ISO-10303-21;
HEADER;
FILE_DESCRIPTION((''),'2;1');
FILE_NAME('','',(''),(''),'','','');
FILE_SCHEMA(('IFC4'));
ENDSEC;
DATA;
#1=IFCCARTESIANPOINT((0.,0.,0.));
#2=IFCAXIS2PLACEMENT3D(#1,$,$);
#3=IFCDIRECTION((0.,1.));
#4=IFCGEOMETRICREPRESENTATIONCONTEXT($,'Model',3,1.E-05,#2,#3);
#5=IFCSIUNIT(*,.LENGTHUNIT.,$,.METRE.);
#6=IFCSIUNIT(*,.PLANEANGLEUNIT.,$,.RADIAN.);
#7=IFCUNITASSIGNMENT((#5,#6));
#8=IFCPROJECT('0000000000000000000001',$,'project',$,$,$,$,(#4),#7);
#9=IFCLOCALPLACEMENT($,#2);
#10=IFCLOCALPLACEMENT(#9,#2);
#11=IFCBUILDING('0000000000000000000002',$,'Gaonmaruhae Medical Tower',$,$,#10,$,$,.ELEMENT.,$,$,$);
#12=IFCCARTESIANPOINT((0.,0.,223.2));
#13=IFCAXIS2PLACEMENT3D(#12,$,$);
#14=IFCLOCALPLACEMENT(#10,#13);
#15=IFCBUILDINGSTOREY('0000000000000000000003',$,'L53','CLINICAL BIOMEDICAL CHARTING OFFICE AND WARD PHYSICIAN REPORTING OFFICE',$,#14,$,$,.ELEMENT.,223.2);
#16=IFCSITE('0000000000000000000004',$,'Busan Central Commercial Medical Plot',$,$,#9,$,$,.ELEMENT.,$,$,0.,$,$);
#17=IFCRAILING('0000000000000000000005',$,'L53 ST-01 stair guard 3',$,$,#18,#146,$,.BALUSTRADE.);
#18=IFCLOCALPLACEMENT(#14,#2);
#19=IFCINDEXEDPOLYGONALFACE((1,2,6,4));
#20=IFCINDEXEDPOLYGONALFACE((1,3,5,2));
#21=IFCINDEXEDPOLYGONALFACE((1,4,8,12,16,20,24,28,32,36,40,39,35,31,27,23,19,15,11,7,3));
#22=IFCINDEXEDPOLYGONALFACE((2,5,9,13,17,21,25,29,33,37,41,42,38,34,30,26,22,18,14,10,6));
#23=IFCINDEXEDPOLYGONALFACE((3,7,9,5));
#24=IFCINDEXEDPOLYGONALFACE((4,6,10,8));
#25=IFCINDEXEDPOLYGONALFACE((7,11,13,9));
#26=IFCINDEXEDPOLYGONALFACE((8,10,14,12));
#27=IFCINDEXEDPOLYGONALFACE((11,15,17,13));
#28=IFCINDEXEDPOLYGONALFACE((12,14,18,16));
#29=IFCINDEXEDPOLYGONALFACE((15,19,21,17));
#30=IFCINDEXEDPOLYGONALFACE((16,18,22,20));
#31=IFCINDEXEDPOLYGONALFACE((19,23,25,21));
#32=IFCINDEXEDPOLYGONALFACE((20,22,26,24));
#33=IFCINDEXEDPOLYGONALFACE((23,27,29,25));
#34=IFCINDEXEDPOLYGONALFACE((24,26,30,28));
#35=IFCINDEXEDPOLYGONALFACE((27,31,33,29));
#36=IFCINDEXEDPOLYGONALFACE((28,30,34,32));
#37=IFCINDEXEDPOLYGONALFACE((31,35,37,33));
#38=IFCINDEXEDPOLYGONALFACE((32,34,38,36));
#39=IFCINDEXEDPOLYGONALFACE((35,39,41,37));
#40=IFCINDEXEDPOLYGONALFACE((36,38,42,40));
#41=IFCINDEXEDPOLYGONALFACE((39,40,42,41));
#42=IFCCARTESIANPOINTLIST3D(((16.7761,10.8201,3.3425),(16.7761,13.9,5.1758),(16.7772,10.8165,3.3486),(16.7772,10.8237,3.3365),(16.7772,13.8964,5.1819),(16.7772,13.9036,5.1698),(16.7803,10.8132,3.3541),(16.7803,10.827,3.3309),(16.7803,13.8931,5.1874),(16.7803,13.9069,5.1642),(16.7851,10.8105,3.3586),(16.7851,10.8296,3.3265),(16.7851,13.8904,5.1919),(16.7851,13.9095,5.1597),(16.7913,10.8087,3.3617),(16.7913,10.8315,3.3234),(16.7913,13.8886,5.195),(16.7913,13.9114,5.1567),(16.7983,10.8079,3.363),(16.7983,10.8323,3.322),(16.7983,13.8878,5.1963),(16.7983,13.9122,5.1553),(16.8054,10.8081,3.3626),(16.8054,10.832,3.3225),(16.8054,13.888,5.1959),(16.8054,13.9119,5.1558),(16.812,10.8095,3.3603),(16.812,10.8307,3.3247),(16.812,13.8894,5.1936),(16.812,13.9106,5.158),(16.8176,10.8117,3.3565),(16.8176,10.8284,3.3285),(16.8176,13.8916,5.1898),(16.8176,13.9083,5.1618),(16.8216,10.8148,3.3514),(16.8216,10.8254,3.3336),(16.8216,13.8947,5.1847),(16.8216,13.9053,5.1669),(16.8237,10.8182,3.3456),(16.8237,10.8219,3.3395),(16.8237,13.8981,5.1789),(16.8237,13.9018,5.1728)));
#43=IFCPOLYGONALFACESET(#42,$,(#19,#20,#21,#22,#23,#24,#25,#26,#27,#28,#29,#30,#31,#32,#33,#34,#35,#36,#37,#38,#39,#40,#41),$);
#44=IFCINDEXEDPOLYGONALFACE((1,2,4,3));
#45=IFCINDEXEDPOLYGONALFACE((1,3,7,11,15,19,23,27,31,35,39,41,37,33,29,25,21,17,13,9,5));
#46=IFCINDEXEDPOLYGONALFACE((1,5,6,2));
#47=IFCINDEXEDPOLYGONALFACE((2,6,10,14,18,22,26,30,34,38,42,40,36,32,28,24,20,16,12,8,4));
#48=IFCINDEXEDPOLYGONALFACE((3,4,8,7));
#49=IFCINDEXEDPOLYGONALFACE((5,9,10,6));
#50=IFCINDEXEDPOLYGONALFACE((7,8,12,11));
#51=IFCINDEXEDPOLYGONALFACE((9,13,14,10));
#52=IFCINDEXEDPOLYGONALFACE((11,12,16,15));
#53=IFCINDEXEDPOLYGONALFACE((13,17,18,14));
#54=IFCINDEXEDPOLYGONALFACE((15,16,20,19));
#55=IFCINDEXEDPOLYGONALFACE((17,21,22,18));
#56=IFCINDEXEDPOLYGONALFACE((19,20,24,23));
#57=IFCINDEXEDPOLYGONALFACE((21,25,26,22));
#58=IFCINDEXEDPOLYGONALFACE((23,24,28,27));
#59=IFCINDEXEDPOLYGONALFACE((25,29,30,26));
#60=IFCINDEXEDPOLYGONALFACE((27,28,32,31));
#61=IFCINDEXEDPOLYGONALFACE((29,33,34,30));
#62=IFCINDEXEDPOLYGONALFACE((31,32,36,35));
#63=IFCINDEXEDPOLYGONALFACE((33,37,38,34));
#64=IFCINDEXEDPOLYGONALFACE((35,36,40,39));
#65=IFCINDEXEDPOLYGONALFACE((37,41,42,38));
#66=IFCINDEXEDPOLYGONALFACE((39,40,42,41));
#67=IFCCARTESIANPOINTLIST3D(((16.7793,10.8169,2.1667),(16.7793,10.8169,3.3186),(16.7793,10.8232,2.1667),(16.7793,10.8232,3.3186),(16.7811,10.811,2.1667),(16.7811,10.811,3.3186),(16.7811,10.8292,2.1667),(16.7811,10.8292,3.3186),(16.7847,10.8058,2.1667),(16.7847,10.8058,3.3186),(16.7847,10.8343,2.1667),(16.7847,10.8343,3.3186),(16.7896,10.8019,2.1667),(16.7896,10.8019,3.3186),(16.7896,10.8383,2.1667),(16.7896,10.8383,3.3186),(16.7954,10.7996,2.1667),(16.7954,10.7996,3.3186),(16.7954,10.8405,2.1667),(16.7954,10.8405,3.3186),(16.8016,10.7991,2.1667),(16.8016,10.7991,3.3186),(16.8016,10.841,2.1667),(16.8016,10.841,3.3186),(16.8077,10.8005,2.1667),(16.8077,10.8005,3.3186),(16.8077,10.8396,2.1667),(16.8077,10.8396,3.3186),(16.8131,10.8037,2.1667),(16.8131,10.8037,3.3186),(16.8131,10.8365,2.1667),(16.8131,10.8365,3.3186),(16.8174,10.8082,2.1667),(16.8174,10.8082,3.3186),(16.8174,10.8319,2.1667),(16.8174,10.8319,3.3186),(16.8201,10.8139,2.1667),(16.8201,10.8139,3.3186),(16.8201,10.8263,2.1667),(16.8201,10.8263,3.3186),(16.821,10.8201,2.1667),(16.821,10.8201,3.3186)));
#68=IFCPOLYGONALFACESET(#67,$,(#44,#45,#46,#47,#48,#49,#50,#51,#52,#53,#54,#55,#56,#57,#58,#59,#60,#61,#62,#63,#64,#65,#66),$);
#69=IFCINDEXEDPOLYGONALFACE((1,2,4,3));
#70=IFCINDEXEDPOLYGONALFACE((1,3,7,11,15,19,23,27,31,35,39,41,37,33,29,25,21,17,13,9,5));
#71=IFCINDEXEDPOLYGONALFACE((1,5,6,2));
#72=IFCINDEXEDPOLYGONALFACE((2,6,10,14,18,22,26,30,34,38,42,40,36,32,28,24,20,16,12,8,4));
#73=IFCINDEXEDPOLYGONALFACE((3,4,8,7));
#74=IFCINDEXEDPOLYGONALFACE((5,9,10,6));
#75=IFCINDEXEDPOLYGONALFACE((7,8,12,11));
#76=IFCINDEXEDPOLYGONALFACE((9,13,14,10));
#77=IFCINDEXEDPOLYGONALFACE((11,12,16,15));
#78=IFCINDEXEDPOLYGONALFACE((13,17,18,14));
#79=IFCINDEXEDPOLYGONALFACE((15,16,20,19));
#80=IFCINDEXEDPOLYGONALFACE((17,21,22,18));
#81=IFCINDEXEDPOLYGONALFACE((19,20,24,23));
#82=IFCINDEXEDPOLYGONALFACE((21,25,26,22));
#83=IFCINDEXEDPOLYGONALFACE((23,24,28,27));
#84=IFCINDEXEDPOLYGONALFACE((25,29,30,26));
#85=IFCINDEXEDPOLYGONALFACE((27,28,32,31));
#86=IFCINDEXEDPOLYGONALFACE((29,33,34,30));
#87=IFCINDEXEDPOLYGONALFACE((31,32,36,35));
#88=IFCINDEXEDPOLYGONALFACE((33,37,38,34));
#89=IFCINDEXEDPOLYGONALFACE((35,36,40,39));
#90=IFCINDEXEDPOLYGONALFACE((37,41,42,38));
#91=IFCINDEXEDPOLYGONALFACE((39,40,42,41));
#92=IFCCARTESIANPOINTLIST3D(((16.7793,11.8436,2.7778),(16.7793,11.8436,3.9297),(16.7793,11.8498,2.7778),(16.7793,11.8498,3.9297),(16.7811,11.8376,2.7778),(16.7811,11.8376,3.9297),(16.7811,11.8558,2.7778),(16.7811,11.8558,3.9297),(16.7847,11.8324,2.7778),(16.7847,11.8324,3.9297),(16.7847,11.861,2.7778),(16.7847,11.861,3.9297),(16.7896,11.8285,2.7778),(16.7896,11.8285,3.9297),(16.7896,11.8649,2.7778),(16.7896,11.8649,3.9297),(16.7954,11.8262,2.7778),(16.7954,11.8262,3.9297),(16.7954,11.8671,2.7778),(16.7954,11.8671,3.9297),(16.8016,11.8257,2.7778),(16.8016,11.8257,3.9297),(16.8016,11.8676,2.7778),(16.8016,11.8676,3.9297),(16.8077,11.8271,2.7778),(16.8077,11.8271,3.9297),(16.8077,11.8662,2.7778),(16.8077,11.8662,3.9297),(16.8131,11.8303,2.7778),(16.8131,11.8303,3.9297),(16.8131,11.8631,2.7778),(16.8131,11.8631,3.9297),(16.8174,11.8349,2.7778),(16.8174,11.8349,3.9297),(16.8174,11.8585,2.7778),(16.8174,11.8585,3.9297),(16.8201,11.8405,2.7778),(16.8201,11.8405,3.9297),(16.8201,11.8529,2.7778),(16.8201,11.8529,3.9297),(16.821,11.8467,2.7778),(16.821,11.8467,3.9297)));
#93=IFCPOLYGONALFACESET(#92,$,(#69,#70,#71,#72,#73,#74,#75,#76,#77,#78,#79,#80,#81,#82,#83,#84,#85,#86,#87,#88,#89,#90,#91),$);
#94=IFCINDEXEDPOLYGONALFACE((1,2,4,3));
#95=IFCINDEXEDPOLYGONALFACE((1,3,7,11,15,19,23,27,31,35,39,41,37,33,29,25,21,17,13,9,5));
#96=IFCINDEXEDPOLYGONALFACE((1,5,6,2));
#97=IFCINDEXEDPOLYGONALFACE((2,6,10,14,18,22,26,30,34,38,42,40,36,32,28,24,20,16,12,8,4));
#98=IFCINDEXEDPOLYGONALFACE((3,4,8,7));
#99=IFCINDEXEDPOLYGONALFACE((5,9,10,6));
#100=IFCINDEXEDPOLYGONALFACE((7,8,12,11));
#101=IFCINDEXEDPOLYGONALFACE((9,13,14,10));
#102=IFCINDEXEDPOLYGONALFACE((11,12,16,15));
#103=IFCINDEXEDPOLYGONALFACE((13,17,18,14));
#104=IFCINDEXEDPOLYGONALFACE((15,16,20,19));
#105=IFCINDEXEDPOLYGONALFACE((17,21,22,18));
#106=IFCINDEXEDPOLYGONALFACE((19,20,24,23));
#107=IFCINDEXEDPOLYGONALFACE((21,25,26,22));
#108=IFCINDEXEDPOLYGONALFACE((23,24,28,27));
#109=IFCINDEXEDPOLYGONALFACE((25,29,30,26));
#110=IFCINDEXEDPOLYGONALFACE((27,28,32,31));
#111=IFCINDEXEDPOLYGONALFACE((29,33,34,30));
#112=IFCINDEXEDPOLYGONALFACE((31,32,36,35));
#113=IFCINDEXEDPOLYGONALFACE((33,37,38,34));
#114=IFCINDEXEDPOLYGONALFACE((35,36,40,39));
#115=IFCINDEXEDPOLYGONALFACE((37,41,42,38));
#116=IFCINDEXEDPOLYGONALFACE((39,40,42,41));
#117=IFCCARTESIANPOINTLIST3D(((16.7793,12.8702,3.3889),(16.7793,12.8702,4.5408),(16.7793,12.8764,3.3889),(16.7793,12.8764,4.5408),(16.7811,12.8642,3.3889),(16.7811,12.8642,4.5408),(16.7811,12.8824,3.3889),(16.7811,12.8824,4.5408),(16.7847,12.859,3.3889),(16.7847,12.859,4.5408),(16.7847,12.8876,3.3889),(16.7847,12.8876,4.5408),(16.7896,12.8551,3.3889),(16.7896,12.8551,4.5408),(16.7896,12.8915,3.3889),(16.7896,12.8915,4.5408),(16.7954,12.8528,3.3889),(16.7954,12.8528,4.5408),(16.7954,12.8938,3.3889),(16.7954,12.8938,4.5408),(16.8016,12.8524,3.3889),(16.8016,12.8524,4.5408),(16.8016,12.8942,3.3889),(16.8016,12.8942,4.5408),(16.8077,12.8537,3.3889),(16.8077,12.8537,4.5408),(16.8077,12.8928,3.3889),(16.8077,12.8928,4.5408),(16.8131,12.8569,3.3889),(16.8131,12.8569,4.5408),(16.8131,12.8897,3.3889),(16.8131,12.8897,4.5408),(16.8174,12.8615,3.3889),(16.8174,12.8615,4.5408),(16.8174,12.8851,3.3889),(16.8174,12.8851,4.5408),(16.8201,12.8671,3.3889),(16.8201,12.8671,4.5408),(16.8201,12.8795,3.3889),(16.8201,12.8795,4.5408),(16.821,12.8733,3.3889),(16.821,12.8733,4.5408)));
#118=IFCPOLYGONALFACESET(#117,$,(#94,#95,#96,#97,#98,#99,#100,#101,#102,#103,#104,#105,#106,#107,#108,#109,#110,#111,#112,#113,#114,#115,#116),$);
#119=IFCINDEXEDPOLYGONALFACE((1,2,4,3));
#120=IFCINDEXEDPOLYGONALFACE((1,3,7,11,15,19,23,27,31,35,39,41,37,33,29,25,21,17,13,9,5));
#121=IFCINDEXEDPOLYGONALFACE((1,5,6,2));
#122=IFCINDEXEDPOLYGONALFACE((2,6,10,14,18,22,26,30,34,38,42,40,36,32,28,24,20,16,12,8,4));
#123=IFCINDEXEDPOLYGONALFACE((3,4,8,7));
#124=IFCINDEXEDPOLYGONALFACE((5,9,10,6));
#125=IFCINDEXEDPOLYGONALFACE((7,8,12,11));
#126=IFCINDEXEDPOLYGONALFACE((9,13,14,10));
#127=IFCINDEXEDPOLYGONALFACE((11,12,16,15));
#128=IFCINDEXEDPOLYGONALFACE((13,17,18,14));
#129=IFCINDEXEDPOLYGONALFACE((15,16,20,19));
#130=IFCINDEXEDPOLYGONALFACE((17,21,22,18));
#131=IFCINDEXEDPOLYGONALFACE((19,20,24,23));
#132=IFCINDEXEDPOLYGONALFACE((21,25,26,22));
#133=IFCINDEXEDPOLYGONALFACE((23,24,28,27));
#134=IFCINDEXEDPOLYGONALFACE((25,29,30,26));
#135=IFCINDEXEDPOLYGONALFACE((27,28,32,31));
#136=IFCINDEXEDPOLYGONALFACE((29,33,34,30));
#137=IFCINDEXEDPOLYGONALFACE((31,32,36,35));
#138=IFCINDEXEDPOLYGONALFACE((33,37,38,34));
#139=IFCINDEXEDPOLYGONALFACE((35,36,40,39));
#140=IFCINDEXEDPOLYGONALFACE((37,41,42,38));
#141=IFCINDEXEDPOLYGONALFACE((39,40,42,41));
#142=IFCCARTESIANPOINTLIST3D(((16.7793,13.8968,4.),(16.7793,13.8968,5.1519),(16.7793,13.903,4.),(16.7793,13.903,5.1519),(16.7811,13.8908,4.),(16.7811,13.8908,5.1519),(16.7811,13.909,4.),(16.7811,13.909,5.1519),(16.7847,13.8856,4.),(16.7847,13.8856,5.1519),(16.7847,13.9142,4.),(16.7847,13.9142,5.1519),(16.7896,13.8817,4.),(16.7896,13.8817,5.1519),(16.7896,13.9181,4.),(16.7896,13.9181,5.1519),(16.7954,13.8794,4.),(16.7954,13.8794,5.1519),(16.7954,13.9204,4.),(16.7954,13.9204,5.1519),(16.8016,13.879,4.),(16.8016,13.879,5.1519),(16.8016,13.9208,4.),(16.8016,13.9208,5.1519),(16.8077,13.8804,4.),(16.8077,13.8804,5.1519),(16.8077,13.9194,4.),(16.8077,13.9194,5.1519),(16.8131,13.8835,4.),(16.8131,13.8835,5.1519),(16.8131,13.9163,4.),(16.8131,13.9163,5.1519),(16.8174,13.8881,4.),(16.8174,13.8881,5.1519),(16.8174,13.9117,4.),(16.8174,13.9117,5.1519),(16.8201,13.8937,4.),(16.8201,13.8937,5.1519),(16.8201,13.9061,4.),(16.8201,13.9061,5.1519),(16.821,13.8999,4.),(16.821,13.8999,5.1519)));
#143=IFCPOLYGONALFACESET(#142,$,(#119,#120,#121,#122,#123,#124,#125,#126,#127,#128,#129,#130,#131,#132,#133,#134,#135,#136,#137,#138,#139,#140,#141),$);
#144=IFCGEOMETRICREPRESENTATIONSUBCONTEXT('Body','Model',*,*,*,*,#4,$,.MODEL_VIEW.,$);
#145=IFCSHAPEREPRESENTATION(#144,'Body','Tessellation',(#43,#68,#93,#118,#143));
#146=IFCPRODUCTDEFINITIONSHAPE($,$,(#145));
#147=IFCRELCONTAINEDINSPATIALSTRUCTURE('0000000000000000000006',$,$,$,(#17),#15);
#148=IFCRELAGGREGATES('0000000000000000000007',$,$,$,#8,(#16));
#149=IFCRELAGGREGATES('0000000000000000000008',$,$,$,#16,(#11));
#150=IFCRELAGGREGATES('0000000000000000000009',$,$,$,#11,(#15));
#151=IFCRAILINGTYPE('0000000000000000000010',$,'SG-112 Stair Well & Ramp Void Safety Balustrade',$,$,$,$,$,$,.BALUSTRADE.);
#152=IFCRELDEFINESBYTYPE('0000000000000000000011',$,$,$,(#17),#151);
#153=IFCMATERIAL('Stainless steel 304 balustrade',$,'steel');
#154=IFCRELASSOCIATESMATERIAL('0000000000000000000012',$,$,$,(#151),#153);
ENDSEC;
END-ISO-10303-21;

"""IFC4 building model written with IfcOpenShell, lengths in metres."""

from ifc_helpers import new_model, si_unit, direction, frame, origin, origin_2d, place, context, subcontext, project, spatial, circle, extrude, material, type_object, element, save


model = new_model("IFC4")

# Units and contexts
model_context = context("Model", 3, precision=1e-05, world=origin(), true_north=direction((0.0, 1.0)))
body_context = subcontext(model_context, "Body", "Model", "MODEL_VIEW")
ifc_project = project(units=[si_unit("LENGTHUNIT", "METRE"), si_unit("PLANEANGLEUNIT", "RADIAN")], contexts=[model_context])

# Site, building, storey
site_placement = place(None, origin())
site = spatial("IfcSite", under=ifc_project, at=site_placement, Name="Busan Central Commercial Medical Plot", CompositionType="ELEMENT", RefElevation=0.0)
building_placement = place(site_placement, origin())
building = spatial("IfcBuilding", under=site, at=building_placement, Name="Gaonmaruhae Medical Tower", CompositionType="ELEMENT")
storey_placement = place(building_placement, frame((0.0, 0.0, 223.2)))
storey = spatial("IfcBuildingStorey", under=building, at=storey_placement, Name="L53", Description="CLINICAL BIOMEDICAL CHARTING OFFICE AND WARD PHYSICIAN REPORTING OFFICE", CompositionType="ELEMENT", Elevation=223.2)

# Railing
ifc_material_1 = material(Name="Stainless steel 304 balustrade", Category="steel")
railing_type_1 = type_object("IfcRailingType", Name="SG-112 Stair Well & Ramp Void Safety Balustrade", PredefinedType="BALUSTRADE", material=ifc_material_1)
railing_1_placement = place(storey_placement, frame((16.8, 10.8201, 2.1667)))
element("IfcRailing", 1, at=railing_1_placement, inside=storey, type_object=railing_type_1, Name="L53 ST-01 stair guard 3", PredefinedType="BALUSTRADE", context=body_context, shape_type="SweptSolid", body=[
    extrude(circle(Radius=0.0239, at=origin_2d()), frame((0.0, 0.0, 1.1758), z_axis=(0.0, 0.859291, 0.511487), x_axis=(-1.0, 0.0, 0.0)), (0.0, 0.0, 1.0), 3.5842),
    extrude(circle(Radius=0.021, at=origin_2d()), origin(), (0.0, 0.0, 1.0), 1.1519),
    extrude(circle(Radius=0.021, at=origin_2d()), frame((0.0, 1.0266, 0.6111)), (0.0, 0.0, 1.0), 1.1519),
    extrude(circle(Radius=0.021, at=origin_2d()), frame((0.0, 2.0532, 1.2222)), (0.0, 0.0, 1.0), 1.1519),
    extrude(circle(Radius=0.021, at=origin_2d()), frame((0.0, 3.0798, 1.8333)), (0.0, 0.0, 1.0), 1.1519),
])

save(model, "model.ifc")
